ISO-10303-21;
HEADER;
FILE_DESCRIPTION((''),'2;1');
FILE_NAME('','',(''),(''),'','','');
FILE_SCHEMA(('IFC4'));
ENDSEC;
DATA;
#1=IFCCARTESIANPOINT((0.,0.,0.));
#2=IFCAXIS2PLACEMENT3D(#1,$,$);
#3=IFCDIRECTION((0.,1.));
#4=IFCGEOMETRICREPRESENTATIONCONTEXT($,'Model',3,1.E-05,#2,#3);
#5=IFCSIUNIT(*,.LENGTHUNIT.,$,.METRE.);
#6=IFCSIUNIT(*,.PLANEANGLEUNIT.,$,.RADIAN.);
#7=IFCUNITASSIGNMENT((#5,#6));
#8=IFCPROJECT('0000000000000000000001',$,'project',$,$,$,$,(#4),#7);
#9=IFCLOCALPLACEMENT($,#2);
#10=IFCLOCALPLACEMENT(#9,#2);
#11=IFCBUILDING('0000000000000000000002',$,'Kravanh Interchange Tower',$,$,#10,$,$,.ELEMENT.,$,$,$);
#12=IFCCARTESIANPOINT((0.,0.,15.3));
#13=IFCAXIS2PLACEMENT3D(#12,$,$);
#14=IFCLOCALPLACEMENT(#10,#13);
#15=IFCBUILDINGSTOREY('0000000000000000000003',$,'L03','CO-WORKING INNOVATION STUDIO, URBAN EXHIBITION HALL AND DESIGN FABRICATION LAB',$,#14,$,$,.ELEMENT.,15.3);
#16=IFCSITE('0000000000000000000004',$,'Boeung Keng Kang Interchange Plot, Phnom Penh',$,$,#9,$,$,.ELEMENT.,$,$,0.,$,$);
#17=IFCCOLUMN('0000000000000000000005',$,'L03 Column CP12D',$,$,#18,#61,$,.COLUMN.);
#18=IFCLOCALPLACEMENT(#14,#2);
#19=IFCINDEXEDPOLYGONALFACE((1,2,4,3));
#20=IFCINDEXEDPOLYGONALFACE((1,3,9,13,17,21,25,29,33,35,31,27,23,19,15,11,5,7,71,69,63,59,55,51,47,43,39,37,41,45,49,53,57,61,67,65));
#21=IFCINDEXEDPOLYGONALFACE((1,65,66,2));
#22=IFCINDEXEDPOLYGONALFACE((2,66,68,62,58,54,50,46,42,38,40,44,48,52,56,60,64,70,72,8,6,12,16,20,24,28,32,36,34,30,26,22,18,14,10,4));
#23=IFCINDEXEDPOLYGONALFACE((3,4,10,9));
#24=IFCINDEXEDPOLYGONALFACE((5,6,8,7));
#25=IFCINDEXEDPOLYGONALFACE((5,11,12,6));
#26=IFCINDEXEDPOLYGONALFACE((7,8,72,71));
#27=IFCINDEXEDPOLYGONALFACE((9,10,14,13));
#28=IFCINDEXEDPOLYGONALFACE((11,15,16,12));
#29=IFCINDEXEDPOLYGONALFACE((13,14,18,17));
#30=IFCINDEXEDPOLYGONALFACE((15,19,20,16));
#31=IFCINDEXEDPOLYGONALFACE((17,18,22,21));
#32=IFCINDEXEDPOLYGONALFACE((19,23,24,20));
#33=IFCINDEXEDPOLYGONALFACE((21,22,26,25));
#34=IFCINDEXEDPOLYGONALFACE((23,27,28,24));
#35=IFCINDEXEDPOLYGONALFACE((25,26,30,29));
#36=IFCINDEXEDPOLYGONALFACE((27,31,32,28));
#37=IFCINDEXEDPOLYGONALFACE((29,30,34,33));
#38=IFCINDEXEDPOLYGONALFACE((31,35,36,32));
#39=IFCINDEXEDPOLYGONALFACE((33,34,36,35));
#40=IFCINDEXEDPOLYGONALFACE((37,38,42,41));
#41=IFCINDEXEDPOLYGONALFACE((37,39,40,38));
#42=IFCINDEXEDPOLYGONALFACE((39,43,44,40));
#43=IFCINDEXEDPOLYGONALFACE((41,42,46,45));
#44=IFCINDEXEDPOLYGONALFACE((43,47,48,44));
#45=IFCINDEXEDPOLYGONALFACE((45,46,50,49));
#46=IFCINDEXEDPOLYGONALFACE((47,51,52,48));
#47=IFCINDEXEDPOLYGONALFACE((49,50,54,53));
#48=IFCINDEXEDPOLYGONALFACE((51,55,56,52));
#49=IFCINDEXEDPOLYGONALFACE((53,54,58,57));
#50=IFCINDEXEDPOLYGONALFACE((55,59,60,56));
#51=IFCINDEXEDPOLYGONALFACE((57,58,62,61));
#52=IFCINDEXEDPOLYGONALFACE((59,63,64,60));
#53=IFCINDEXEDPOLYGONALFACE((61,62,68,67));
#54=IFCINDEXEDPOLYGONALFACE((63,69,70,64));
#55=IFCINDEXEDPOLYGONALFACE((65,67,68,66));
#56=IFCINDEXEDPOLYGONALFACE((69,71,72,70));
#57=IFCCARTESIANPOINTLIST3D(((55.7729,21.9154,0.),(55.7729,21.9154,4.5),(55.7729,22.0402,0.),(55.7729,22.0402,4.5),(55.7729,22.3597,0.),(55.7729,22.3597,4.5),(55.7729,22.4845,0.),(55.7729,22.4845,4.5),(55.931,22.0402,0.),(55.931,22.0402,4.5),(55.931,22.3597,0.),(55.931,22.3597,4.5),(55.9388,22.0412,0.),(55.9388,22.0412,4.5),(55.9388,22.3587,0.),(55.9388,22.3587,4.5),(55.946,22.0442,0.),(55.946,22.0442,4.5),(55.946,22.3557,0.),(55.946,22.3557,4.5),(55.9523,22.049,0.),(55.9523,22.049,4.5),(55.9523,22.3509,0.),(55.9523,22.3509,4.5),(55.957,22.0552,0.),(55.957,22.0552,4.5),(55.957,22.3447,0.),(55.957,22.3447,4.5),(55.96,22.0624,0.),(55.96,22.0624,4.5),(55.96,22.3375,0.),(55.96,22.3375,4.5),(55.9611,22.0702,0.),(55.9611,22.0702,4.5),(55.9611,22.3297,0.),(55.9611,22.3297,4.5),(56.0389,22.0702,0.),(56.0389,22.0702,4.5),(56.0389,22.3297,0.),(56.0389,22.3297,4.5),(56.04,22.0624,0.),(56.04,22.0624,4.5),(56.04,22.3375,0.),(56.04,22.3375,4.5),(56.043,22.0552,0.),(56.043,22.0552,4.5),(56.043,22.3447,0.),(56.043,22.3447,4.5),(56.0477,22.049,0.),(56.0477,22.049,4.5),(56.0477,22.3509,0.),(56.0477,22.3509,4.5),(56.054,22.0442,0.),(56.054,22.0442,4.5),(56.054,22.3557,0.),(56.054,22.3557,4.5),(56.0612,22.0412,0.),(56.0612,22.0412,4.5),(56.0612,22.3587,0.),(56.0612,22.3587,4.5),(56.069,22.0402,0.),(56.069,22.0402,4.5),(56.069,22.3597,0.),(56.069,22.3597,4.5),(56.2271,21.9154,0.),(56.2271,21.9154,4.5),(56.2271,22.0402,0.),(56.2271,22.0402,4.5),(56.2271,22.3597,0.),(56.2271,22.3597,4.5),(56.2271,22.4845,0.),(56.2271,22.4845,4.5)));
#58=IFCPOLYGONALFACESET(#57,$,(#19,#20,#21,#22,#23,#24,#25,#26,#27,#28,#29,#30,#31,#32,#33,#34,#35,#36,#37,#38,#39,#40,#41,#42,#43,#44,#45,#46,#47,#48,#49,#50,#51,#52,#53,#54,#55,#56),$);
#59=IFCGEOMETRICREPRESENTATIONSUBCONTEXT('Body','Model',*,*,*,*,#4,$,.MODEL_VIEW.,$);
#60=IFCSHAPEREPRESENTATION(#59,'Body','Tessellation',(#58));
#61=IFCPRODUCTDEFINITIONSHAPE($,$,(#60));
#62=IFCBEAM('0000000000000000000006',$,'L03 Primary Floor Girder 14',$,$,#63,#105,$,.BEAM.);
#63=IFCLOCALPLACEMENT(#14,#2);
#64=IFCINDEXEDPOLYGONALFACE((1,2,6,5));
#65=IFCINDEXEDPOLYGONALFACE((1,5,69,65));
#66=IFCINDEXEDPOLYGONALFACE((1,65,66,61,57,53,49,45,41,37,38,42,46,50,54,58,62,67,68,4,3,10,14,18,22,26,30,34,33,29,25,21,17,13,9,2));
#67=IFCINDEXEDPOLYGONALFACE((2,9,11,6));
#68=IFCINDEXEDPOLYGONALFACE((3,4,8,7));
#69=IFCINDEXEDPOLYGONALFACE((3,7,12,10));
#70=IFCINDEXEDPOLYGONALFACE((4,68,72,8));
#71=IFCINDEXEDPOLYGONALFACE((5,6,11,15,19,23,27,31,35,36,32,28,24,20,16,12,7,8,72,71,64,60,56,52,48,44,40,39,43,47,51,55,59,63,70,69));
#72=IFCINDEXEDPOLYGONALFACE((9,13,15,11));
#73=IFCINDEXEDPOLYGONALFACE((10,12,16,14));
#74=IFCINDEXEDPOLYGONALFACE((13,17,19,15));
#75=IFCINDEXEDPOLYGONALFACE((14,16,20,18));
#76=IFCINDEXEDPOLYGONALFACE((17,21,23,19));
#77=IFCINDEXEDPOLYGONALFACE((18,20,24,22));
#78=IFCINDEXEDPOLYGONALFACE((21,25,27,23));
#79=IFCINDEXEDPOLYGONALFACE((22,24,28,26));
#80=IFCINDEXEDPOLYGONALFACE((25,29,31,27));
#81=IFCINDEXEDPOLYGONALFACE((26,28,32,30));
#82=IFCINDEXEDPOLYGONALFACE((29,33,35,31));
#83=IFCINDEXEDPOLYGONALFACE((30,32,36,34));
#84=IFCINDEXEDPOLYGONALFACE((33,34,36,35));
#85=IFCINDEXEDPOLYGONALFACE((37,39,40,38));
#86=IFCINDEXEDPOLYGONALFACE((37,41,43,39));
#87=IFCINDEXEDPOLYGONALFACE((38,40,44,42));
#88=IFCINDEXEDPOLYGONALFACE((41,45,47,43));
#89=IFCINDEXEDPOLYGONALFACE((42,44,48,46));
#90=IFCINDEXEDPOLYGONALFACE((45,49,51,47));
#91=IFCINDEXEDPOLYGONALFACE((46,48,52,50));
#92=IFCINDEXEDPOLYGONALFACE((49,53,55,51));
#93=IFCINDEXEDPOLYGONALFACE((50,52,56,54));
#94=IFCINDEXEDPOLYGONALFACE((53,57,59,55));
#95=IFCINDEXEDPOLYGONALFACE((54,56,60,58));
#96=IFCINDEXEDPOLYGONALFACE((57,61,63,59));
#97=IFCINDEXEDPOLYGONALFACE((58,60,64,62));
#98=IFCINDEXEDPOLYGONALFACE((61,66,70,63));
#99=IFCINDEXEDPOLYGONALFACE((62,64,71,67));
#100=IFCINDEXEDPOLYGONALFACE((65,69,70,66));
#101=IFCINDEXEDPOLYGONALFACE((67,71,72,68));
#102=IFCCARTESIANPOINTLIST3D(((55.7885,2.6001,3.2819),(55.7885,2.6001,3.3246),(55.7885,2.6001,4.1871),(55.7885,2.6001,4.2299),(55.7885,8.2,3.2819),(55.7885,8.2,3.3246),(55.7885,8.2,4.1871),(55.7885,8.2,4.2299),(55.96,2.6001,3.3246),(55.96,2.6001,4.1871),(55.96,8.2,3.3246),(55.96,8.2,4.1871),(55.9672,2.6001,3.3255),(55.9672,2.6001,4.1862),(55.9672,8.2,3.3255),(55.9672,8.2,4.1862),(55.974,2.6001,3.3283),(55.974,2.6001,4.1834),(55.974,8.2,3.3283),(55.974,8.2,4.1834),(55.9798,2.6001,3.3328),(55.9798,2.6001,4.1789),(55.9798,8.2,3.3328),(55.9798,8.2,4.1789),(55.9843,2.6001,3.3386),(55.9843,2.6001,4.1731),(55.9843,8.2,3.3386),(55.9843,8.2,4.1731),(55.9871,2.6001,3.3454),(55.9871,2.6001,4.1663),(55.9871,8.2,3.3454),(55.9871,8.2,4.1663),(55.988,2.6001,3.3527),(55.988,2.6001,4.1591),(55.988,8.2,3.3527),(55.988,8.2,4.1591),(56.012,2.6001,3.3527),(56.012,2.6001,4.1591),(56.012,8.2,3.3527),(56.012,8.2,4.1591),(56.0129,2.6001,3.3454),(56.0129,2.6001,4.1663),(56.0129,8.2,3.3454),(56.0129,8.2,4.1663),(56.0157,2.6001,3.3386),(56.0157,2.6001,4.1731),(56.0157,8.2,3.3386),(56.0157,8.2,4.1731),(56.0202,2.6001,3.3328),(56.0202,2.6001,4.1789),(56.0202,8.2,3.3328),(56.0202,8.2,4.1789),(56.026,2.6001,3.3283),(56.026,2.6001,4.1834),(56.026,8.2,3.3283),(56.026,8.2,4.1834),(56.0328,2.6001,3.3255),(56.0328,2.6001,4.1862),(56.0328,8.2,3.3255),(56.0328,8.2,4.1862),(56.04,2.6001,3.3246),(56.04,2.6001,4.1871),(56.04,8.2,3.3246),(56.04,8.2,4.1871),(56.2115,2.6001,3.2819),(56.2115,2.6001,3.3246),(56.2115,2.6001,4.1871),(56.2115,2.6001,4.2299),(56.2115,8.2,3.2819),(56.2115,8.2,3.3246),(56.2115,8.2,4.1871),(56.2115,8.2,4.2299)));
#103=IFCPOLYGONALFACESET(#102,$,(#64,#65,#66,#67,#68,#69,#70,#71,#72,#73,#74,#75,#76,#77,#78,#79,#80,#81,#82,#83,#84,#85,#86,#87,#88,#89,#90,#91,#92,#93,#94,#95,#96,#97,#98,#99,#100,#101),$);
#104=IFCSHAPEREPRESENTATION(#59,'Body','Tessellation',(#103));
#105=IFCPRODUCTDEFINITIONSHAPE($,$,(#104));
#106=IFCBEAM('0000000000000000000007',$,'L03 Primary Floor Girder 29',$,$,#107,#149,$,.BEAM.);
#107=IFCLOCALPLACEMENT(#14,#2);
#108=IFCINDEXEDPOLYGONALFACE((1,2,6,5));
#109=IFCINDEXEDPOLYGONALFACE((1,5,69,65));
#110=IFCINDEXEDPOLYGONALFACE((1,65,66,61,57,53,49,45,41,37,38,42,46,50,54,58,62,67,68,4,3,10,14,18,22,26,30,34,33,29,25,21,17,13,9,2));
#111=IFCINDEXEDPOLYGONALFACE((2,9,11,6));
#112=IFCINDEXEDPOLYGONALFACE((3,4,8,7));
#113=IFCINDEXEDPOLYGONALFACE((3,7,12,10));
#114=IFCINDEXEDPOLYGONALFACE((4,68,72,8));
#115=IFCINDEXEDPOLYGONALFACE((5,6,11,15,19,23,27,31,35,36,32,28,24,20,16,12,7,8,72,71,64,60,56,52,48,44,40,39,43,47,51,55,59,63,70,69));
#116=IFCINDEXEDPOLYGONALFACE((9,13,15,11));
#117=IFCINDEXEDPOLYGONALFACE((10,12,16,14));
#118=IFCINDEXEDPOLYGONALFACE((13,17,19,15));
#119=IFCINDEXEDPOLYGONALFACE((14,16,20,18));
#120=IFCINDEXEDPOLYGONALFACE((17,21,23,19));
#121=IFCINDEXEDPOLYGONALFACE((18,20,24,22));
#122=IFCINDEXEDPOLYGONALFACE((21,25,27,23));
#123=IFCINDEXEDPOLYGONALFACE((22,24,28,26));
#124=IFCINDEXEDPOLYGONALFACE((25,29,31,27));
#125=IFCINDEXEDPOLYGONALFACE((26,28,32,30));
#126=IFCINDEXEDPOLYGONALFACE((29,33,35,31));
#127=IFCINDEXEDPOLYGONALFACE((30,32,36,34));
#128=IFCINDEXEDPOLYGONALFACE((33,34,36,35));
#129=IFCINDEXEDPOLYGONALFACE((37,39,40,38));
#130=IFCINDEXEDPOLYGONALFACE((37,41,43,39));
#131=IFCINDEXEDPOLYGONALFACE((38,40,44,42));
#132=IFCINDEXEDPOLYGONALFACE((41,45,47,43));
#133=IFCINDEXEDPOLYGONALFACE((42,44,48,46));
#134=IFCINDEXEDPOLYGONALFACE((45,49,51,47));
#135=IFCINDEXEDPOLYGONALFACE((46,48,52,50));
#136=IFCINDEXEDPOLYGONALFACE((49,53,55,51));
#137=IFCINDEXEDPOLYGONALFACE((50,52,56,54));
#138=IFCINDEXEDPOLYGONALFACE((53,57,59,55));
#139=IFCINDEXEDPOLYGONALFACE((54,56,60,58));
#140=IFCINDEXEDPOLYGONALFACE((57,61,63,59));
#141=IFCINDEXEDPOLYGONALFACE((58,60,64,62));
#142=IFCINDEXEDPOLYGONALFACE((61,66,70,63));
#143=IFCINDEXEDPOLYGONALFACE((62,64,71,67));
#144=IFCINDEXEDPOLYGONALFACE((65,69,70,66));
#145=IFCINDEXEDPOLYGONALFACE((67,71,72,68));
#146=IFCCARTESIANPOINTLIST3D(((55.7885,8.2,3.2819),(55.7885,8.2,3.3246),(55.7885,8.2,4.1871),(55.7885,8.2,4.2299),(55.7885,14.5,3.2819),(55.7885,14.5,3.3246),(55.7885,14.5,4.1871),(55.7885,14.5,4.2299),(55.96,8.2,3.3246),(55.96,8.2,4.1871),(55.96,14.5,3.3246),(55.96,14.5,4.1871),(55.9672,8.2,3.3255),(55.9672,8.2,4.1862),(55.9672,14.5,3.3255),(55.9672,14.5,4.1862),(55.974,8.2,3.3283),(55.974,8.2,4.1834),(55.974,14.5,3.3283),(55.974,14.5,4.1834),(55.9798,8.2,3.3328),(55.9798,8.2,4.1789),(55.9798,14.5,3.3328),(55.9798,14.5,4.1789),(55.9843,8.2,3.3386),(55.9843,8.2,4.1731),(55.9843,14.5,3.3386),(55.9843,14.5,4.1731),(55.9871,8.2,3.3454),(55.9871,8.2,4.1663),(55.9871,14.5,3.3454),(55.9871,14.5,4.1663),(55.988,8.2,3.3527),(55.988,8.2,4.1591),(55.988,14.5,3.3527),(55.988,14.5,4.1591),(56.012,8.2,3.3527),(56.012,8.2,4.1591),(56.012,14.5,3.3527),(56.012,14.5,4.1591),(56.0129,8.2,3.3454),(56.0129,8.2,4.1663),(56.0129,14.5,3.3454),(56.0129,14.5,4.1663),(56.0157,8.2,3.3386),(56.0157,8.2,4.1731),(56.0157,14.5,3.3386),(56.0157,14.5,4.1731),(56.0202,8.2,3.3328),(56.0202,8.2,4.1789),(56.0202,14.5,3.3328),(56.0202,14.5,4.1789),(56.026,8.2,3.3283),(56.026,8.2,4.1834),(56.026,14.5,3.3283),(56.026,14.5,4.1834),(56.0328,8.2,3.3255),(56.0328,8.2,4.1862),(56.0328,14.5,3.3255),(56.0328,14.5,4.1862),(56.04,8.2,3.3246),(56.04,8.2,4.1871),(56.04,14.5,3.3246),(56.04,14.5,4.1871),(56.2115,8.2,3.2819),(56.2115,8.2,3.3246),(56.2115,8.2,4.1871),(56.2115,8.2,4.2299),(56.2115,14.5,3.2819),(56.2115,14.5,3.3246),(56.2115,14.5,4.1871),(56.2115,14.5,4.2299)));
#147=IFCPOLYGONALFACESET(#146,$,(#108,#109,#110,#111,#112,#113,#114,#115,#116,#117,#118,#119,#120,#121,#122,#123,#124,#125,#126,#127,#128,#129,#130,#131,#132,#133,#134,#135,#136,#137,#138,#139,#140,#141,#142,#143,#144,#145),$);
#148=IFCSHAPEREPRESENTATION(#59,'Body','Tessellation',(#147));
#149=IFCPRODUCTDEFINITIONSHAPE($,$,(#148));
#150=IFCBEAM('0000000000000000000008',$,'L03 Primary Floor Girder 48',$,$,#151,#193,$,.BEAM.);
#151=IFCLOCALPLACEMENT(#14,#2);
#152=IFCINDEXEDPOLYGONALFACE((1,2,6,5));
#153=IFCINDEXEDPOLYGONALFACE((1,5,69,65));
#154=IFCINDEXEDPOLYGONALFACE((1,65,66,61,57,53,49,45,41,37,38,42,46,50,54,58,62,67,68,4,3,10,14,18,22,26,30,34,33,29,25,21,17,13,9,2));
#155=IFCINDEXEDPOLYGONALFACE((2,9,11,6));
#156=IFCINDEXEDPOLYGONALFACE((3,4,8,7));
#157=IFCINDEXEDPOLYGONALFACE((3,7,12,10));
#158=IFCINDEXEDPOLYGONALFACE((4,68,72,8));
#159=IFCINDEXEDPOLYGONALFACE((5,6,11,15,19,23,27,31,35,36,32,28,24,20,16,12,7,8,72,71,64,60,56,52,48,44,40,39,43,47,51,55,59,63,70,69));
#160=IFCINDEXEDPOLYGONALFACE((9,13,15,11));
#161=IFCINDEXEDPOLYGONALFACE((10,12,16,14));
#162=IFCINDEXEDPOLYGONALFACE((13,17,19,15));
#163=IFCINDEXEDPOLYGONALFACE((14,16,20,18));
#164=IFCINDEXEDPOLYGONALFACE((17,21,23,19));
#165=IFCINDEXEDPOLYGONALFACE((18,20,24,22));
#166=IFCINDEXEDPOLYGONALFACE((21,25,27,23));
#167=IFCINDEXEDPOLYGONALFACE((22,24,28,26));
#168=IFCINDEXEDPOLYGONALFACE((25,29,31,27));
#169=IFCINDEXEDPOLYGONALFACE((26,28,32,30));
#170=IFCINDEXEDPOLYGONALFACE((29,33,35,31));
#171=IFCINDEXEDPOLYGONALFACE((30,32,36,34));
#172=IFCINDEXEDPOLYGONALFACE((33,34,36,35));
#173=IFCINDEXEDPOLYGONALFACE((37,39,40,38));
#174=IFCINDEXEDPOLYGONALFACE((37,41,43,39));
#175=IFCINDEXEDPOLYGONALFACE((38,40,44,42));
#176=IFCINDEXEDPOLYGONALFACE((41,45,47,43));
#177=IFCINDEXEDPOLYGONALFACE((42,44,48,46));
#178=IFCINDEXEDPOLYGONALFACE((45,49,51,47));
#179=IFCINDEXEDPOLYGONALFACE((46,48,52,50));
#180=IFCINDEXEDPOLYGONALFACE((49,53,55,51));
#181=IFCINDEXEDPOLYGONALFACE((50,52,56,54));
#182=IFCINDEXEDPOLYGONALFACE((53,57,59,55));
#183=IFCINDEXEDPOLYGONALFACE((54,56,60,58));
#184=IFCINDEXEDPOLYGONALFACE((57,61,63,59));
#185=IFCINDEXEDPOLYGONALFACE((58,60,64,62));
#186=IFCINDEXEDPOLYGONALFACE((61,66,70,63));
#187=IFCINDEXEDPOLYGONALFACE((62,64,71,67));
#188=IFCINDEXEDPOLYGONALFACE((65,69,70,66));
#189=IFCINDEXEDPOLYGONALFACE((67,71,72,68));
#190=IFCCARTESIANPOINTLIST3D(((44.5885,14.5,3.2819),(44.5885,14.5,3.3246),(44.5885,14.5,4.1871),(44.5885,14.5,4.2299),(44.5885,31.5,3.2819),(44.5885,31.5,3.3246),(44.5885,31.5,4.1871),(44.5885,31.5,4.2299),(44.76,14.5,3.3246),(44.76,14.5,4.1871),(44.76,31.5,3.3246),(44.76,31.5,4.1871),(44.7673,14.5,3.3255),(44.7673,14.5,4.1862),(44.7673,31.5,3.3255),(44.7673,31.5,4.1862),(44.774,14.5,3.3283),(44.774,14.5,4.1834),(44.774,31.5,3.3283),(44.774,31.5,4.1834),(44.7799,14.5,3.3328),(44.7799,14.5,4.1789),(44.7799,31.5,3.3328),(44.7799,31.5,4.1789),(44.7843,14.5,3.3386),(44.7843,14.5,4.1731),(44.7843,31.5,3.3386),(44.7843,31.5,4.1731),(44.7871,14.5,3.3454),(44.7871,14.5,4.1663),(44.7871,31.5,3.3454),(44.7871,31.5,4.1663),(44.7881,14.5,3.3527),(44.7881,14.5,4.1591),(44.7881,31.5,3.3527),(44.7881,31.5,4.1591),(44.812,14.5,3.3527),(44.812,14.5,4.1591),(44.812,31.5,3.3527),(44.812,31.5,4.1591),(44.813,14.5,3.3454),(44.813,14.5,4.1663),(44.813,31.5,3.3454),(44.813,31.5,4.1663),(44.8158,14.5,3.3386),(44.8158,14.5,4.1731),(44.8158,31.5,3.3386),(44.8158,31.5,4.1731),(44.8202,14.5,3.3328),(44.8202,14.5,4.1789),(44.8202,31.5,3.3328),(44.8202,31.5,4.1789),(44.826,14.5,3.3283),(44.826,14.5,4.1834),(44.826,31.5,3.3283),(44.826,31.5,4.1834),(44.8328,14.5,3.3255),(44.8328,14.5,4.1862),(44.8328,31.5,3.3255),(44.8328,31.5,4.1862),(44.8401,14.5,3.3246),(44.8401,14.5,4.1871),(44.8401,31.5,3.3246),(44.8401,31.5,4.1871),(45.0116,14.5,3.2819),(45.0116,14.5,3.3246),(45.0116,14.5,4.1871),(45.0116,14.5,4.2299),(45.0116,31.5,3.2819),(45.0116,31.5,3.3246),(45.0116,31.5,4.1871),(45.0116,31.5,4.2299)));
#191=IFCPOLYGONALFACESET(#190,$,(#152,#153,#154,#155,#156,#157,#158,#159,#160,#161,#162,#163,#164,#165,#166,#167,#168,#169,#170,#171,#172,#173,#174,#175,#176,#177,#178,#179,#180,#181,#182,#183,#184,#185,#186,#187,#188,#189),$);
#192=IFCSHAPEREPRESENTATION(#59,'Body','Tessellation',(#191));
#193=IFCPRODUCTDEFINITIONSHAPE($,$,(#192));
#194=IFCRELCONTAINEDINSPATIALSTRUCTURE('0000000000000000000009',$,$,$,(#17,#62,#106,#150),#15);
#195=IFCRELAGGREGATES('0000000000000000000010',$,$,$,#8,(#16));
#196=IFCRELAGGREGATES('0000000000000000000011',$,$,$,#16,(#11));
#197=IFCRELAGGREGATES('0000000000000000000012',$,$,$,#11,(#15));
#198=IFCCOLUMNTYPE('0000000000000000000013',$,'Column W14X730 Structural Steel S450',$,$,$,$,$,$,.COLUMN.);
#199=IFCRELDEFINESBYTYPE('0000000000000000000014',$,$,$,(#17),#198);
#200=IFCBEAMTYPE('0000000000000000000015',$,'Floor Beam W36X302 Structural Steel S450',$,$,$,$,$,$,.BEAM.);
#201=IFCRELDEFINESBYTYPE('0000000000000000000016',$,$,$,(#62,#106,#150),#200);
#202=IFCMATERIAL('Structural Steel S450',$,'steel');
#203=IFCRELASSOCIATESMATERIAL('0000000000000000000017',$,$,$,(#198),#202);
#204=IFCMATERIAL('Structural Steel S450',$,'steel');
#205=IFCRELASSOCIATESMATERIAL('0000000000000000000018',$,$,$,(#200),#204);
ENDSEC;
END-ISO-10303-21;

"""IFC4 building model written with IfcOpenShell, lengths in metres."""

from ifc_helpers import new_model, si_unit, direction, frame, origin, origin_2d, place, context, subcontext, project, spatial, i_section, extrude, material, material_profile, profile_set, type_object, element, save


model = new_model("IFC4")

# Units and contexts
model_context = context("Model", 3, precision=1e-05, world=origin(), true_north=direction((0.0, 1.0)))
body_context = subcontext(model_context, "Body", "Model", "MODEL_VIEW")
ifc_project = project(units=[si_unit("LENGTHUNIT", "METRE"), si_unit("PLANEANGLEUNIT", "RADIAN")], contexts=[model_context])

# Site, building, storey
site_placement = place(None, origin())
site = spatial("IfcSite", under=ifc_project, at=site_placement, Name="Boeung Keng Kang Interchange Plot, Phnom Penh", CompositionType="ELEMENT", RefElevation=0.0)
building_placement = place(site_placement, origin())
building = spatial("IfcBuilding", under=site, at=building_placement, Name="Kravanh Interchange Tower", CompositionType="ELEMENT")
storey_placement = place(building_placement, frame((0.0, 0.0, 15.3)))
storey = spatial("IfcBuildingStorey", under=building, at=storey_placement, Name="L03", Description="CO-WORKING INNOVATION STUDIO, URBAN EXHIBITION HALL AND DESIGN FABRICATION LAB", CompositionType="ELEMENT", Elevation=15.3)

# Column
ifc_material_1 = material(Name="Structural Steel S450", Category="steel")
ifc_material_profile_1 = material_profile(ifc_material_1, i_section(OverallWidth=0.4541, OverallDepth=0.5691, WebThickness=0.0779, FlangeThickness=0.1248, FilletRadius=0.03, at=origin_2d()), Name="W14X730")
ifc_profile_set_1 = profile_set([ifc_material_profile_1], Name="Structural Steel S450")
column_type = type_object("IfcColumnType", Name="Column W14X730 Structural Steel S450", PredefinedType="COLUMN", material=ifc_profile_set_1)
for number, where, z_axis, x_axis, name in (
    (1, (56.0, 22.2, 0.0), (0.0, 0.0, 1.0), (1.0, 0.0, 0.0), "L03 Column CP12D"),
):
    element("IfcColumn", number, at=place(storey_placement, frame(where, z_axis=z_axis, x_axis=x_axis)), inside=storey, type_object=column_type, Name=name, PredefinedType="COLUMN", context=body_context, shape_type="SweptSolid", body=[
        extrude(i_section(OverallWidth=0.4541, OverallDepth=0.5691, WebThickness=0.0779, FlangeThickness=0.1248, FilletRadius=0.03, at=origin_2d()), origin(), (0.0, 0.0, 1.0), 4.5),
    ])

# Beams
ifc_material_2 = material(Name="Structural Steel S450", Category="steel")
ifc_material_profile_2 = material_profile(ifc_material_2, i_section(OverallWidth=0.4231, OverallDepth=0.948, WebThickness=0.0239, FlangeThickness=0.0427, FilletRadius=0.0281, at=origin_2d()), Name="W36X302")
ifc_profile_set_2 = profile_set([ifc_material_profile_2], Name="Structural Steel S450")
beam_type_1 = type_object("IfcBeamType", Name="Floor Beam W36X302 Structural Steel S450", PredefinedType="BEAM", material=ifc_profile_set_2)
beam_1_placement = place(storey_placement, frame((56.0, 2.6001, 3.7559), z_axis=(0.0, 1.0, 0.0), x_axis=(-1.0, 0.0, 0.0)))
element("IfcBeam", 2, at=beam_1_placement, inside=storey, type_object=beam_type_1, Name="L03 Primary Floor Girder 14", PredefinedType="BEAM", context=body_context, shape_type="SweptSolid", body=[
    extrude(i_section(OverallWidth=0.4231, OverallDepth=0.948, WebThickness=0.0239, FlangeThickness=0.0427, FilletRadius=0.0281, at=origin_2d()), origin(), (0.0, 0.0, 1.0), 5.5999),
])
beam_2_placement = place(storey_placement, frame((56.0, 8.2, 3.7559), z_axis=(0.0, 1.0, 0.0), x_axis=(-1.0, 0.0, 0.0)))
element("IfcBeam", 3, at=beam_2_placement, inside=storey, type_object=beam_type_1, Name="L03 Primary Floor Girder 29", PredefinedType="BEAM", context=body_context, shape_type="SweptSolid", body=[
    extrude(i_section(OverallWidth=0.4231, OverallDepth=0.948, WebThickness=0.0239, FlangeThickness=0.0427, FilletRadius=0.0281, at=origin_2d()), origin(), (0.0, 0.0, 1.0), 6.3),
])
beam_3_placement = place(storey_placement, frame((44.8, 14.5, 3.7559), z_axis=(0.0, 1.0, 0.0), x_axis=(-1.0, 0.0, 0.0)))
element("IfcBeam", 4, at=beam_3_placement, inside=storey, type_object=beam_type_1, Name="L03 Primary Floor Girder 48", PredefinedType="BEAM", context=body_context, shape_type="SweptSolid", body=[
    extrude(i_section(OverallWidth=0.4231, OverallDepth=0.948, WebThickness=0.0239, FlangeThickness=0.0427, FilletRadius=0.0281, at=origin_2d()), origin(), (0.0, 0.0, 1.0), 17.0),
])

save(model, "model.ifc")
